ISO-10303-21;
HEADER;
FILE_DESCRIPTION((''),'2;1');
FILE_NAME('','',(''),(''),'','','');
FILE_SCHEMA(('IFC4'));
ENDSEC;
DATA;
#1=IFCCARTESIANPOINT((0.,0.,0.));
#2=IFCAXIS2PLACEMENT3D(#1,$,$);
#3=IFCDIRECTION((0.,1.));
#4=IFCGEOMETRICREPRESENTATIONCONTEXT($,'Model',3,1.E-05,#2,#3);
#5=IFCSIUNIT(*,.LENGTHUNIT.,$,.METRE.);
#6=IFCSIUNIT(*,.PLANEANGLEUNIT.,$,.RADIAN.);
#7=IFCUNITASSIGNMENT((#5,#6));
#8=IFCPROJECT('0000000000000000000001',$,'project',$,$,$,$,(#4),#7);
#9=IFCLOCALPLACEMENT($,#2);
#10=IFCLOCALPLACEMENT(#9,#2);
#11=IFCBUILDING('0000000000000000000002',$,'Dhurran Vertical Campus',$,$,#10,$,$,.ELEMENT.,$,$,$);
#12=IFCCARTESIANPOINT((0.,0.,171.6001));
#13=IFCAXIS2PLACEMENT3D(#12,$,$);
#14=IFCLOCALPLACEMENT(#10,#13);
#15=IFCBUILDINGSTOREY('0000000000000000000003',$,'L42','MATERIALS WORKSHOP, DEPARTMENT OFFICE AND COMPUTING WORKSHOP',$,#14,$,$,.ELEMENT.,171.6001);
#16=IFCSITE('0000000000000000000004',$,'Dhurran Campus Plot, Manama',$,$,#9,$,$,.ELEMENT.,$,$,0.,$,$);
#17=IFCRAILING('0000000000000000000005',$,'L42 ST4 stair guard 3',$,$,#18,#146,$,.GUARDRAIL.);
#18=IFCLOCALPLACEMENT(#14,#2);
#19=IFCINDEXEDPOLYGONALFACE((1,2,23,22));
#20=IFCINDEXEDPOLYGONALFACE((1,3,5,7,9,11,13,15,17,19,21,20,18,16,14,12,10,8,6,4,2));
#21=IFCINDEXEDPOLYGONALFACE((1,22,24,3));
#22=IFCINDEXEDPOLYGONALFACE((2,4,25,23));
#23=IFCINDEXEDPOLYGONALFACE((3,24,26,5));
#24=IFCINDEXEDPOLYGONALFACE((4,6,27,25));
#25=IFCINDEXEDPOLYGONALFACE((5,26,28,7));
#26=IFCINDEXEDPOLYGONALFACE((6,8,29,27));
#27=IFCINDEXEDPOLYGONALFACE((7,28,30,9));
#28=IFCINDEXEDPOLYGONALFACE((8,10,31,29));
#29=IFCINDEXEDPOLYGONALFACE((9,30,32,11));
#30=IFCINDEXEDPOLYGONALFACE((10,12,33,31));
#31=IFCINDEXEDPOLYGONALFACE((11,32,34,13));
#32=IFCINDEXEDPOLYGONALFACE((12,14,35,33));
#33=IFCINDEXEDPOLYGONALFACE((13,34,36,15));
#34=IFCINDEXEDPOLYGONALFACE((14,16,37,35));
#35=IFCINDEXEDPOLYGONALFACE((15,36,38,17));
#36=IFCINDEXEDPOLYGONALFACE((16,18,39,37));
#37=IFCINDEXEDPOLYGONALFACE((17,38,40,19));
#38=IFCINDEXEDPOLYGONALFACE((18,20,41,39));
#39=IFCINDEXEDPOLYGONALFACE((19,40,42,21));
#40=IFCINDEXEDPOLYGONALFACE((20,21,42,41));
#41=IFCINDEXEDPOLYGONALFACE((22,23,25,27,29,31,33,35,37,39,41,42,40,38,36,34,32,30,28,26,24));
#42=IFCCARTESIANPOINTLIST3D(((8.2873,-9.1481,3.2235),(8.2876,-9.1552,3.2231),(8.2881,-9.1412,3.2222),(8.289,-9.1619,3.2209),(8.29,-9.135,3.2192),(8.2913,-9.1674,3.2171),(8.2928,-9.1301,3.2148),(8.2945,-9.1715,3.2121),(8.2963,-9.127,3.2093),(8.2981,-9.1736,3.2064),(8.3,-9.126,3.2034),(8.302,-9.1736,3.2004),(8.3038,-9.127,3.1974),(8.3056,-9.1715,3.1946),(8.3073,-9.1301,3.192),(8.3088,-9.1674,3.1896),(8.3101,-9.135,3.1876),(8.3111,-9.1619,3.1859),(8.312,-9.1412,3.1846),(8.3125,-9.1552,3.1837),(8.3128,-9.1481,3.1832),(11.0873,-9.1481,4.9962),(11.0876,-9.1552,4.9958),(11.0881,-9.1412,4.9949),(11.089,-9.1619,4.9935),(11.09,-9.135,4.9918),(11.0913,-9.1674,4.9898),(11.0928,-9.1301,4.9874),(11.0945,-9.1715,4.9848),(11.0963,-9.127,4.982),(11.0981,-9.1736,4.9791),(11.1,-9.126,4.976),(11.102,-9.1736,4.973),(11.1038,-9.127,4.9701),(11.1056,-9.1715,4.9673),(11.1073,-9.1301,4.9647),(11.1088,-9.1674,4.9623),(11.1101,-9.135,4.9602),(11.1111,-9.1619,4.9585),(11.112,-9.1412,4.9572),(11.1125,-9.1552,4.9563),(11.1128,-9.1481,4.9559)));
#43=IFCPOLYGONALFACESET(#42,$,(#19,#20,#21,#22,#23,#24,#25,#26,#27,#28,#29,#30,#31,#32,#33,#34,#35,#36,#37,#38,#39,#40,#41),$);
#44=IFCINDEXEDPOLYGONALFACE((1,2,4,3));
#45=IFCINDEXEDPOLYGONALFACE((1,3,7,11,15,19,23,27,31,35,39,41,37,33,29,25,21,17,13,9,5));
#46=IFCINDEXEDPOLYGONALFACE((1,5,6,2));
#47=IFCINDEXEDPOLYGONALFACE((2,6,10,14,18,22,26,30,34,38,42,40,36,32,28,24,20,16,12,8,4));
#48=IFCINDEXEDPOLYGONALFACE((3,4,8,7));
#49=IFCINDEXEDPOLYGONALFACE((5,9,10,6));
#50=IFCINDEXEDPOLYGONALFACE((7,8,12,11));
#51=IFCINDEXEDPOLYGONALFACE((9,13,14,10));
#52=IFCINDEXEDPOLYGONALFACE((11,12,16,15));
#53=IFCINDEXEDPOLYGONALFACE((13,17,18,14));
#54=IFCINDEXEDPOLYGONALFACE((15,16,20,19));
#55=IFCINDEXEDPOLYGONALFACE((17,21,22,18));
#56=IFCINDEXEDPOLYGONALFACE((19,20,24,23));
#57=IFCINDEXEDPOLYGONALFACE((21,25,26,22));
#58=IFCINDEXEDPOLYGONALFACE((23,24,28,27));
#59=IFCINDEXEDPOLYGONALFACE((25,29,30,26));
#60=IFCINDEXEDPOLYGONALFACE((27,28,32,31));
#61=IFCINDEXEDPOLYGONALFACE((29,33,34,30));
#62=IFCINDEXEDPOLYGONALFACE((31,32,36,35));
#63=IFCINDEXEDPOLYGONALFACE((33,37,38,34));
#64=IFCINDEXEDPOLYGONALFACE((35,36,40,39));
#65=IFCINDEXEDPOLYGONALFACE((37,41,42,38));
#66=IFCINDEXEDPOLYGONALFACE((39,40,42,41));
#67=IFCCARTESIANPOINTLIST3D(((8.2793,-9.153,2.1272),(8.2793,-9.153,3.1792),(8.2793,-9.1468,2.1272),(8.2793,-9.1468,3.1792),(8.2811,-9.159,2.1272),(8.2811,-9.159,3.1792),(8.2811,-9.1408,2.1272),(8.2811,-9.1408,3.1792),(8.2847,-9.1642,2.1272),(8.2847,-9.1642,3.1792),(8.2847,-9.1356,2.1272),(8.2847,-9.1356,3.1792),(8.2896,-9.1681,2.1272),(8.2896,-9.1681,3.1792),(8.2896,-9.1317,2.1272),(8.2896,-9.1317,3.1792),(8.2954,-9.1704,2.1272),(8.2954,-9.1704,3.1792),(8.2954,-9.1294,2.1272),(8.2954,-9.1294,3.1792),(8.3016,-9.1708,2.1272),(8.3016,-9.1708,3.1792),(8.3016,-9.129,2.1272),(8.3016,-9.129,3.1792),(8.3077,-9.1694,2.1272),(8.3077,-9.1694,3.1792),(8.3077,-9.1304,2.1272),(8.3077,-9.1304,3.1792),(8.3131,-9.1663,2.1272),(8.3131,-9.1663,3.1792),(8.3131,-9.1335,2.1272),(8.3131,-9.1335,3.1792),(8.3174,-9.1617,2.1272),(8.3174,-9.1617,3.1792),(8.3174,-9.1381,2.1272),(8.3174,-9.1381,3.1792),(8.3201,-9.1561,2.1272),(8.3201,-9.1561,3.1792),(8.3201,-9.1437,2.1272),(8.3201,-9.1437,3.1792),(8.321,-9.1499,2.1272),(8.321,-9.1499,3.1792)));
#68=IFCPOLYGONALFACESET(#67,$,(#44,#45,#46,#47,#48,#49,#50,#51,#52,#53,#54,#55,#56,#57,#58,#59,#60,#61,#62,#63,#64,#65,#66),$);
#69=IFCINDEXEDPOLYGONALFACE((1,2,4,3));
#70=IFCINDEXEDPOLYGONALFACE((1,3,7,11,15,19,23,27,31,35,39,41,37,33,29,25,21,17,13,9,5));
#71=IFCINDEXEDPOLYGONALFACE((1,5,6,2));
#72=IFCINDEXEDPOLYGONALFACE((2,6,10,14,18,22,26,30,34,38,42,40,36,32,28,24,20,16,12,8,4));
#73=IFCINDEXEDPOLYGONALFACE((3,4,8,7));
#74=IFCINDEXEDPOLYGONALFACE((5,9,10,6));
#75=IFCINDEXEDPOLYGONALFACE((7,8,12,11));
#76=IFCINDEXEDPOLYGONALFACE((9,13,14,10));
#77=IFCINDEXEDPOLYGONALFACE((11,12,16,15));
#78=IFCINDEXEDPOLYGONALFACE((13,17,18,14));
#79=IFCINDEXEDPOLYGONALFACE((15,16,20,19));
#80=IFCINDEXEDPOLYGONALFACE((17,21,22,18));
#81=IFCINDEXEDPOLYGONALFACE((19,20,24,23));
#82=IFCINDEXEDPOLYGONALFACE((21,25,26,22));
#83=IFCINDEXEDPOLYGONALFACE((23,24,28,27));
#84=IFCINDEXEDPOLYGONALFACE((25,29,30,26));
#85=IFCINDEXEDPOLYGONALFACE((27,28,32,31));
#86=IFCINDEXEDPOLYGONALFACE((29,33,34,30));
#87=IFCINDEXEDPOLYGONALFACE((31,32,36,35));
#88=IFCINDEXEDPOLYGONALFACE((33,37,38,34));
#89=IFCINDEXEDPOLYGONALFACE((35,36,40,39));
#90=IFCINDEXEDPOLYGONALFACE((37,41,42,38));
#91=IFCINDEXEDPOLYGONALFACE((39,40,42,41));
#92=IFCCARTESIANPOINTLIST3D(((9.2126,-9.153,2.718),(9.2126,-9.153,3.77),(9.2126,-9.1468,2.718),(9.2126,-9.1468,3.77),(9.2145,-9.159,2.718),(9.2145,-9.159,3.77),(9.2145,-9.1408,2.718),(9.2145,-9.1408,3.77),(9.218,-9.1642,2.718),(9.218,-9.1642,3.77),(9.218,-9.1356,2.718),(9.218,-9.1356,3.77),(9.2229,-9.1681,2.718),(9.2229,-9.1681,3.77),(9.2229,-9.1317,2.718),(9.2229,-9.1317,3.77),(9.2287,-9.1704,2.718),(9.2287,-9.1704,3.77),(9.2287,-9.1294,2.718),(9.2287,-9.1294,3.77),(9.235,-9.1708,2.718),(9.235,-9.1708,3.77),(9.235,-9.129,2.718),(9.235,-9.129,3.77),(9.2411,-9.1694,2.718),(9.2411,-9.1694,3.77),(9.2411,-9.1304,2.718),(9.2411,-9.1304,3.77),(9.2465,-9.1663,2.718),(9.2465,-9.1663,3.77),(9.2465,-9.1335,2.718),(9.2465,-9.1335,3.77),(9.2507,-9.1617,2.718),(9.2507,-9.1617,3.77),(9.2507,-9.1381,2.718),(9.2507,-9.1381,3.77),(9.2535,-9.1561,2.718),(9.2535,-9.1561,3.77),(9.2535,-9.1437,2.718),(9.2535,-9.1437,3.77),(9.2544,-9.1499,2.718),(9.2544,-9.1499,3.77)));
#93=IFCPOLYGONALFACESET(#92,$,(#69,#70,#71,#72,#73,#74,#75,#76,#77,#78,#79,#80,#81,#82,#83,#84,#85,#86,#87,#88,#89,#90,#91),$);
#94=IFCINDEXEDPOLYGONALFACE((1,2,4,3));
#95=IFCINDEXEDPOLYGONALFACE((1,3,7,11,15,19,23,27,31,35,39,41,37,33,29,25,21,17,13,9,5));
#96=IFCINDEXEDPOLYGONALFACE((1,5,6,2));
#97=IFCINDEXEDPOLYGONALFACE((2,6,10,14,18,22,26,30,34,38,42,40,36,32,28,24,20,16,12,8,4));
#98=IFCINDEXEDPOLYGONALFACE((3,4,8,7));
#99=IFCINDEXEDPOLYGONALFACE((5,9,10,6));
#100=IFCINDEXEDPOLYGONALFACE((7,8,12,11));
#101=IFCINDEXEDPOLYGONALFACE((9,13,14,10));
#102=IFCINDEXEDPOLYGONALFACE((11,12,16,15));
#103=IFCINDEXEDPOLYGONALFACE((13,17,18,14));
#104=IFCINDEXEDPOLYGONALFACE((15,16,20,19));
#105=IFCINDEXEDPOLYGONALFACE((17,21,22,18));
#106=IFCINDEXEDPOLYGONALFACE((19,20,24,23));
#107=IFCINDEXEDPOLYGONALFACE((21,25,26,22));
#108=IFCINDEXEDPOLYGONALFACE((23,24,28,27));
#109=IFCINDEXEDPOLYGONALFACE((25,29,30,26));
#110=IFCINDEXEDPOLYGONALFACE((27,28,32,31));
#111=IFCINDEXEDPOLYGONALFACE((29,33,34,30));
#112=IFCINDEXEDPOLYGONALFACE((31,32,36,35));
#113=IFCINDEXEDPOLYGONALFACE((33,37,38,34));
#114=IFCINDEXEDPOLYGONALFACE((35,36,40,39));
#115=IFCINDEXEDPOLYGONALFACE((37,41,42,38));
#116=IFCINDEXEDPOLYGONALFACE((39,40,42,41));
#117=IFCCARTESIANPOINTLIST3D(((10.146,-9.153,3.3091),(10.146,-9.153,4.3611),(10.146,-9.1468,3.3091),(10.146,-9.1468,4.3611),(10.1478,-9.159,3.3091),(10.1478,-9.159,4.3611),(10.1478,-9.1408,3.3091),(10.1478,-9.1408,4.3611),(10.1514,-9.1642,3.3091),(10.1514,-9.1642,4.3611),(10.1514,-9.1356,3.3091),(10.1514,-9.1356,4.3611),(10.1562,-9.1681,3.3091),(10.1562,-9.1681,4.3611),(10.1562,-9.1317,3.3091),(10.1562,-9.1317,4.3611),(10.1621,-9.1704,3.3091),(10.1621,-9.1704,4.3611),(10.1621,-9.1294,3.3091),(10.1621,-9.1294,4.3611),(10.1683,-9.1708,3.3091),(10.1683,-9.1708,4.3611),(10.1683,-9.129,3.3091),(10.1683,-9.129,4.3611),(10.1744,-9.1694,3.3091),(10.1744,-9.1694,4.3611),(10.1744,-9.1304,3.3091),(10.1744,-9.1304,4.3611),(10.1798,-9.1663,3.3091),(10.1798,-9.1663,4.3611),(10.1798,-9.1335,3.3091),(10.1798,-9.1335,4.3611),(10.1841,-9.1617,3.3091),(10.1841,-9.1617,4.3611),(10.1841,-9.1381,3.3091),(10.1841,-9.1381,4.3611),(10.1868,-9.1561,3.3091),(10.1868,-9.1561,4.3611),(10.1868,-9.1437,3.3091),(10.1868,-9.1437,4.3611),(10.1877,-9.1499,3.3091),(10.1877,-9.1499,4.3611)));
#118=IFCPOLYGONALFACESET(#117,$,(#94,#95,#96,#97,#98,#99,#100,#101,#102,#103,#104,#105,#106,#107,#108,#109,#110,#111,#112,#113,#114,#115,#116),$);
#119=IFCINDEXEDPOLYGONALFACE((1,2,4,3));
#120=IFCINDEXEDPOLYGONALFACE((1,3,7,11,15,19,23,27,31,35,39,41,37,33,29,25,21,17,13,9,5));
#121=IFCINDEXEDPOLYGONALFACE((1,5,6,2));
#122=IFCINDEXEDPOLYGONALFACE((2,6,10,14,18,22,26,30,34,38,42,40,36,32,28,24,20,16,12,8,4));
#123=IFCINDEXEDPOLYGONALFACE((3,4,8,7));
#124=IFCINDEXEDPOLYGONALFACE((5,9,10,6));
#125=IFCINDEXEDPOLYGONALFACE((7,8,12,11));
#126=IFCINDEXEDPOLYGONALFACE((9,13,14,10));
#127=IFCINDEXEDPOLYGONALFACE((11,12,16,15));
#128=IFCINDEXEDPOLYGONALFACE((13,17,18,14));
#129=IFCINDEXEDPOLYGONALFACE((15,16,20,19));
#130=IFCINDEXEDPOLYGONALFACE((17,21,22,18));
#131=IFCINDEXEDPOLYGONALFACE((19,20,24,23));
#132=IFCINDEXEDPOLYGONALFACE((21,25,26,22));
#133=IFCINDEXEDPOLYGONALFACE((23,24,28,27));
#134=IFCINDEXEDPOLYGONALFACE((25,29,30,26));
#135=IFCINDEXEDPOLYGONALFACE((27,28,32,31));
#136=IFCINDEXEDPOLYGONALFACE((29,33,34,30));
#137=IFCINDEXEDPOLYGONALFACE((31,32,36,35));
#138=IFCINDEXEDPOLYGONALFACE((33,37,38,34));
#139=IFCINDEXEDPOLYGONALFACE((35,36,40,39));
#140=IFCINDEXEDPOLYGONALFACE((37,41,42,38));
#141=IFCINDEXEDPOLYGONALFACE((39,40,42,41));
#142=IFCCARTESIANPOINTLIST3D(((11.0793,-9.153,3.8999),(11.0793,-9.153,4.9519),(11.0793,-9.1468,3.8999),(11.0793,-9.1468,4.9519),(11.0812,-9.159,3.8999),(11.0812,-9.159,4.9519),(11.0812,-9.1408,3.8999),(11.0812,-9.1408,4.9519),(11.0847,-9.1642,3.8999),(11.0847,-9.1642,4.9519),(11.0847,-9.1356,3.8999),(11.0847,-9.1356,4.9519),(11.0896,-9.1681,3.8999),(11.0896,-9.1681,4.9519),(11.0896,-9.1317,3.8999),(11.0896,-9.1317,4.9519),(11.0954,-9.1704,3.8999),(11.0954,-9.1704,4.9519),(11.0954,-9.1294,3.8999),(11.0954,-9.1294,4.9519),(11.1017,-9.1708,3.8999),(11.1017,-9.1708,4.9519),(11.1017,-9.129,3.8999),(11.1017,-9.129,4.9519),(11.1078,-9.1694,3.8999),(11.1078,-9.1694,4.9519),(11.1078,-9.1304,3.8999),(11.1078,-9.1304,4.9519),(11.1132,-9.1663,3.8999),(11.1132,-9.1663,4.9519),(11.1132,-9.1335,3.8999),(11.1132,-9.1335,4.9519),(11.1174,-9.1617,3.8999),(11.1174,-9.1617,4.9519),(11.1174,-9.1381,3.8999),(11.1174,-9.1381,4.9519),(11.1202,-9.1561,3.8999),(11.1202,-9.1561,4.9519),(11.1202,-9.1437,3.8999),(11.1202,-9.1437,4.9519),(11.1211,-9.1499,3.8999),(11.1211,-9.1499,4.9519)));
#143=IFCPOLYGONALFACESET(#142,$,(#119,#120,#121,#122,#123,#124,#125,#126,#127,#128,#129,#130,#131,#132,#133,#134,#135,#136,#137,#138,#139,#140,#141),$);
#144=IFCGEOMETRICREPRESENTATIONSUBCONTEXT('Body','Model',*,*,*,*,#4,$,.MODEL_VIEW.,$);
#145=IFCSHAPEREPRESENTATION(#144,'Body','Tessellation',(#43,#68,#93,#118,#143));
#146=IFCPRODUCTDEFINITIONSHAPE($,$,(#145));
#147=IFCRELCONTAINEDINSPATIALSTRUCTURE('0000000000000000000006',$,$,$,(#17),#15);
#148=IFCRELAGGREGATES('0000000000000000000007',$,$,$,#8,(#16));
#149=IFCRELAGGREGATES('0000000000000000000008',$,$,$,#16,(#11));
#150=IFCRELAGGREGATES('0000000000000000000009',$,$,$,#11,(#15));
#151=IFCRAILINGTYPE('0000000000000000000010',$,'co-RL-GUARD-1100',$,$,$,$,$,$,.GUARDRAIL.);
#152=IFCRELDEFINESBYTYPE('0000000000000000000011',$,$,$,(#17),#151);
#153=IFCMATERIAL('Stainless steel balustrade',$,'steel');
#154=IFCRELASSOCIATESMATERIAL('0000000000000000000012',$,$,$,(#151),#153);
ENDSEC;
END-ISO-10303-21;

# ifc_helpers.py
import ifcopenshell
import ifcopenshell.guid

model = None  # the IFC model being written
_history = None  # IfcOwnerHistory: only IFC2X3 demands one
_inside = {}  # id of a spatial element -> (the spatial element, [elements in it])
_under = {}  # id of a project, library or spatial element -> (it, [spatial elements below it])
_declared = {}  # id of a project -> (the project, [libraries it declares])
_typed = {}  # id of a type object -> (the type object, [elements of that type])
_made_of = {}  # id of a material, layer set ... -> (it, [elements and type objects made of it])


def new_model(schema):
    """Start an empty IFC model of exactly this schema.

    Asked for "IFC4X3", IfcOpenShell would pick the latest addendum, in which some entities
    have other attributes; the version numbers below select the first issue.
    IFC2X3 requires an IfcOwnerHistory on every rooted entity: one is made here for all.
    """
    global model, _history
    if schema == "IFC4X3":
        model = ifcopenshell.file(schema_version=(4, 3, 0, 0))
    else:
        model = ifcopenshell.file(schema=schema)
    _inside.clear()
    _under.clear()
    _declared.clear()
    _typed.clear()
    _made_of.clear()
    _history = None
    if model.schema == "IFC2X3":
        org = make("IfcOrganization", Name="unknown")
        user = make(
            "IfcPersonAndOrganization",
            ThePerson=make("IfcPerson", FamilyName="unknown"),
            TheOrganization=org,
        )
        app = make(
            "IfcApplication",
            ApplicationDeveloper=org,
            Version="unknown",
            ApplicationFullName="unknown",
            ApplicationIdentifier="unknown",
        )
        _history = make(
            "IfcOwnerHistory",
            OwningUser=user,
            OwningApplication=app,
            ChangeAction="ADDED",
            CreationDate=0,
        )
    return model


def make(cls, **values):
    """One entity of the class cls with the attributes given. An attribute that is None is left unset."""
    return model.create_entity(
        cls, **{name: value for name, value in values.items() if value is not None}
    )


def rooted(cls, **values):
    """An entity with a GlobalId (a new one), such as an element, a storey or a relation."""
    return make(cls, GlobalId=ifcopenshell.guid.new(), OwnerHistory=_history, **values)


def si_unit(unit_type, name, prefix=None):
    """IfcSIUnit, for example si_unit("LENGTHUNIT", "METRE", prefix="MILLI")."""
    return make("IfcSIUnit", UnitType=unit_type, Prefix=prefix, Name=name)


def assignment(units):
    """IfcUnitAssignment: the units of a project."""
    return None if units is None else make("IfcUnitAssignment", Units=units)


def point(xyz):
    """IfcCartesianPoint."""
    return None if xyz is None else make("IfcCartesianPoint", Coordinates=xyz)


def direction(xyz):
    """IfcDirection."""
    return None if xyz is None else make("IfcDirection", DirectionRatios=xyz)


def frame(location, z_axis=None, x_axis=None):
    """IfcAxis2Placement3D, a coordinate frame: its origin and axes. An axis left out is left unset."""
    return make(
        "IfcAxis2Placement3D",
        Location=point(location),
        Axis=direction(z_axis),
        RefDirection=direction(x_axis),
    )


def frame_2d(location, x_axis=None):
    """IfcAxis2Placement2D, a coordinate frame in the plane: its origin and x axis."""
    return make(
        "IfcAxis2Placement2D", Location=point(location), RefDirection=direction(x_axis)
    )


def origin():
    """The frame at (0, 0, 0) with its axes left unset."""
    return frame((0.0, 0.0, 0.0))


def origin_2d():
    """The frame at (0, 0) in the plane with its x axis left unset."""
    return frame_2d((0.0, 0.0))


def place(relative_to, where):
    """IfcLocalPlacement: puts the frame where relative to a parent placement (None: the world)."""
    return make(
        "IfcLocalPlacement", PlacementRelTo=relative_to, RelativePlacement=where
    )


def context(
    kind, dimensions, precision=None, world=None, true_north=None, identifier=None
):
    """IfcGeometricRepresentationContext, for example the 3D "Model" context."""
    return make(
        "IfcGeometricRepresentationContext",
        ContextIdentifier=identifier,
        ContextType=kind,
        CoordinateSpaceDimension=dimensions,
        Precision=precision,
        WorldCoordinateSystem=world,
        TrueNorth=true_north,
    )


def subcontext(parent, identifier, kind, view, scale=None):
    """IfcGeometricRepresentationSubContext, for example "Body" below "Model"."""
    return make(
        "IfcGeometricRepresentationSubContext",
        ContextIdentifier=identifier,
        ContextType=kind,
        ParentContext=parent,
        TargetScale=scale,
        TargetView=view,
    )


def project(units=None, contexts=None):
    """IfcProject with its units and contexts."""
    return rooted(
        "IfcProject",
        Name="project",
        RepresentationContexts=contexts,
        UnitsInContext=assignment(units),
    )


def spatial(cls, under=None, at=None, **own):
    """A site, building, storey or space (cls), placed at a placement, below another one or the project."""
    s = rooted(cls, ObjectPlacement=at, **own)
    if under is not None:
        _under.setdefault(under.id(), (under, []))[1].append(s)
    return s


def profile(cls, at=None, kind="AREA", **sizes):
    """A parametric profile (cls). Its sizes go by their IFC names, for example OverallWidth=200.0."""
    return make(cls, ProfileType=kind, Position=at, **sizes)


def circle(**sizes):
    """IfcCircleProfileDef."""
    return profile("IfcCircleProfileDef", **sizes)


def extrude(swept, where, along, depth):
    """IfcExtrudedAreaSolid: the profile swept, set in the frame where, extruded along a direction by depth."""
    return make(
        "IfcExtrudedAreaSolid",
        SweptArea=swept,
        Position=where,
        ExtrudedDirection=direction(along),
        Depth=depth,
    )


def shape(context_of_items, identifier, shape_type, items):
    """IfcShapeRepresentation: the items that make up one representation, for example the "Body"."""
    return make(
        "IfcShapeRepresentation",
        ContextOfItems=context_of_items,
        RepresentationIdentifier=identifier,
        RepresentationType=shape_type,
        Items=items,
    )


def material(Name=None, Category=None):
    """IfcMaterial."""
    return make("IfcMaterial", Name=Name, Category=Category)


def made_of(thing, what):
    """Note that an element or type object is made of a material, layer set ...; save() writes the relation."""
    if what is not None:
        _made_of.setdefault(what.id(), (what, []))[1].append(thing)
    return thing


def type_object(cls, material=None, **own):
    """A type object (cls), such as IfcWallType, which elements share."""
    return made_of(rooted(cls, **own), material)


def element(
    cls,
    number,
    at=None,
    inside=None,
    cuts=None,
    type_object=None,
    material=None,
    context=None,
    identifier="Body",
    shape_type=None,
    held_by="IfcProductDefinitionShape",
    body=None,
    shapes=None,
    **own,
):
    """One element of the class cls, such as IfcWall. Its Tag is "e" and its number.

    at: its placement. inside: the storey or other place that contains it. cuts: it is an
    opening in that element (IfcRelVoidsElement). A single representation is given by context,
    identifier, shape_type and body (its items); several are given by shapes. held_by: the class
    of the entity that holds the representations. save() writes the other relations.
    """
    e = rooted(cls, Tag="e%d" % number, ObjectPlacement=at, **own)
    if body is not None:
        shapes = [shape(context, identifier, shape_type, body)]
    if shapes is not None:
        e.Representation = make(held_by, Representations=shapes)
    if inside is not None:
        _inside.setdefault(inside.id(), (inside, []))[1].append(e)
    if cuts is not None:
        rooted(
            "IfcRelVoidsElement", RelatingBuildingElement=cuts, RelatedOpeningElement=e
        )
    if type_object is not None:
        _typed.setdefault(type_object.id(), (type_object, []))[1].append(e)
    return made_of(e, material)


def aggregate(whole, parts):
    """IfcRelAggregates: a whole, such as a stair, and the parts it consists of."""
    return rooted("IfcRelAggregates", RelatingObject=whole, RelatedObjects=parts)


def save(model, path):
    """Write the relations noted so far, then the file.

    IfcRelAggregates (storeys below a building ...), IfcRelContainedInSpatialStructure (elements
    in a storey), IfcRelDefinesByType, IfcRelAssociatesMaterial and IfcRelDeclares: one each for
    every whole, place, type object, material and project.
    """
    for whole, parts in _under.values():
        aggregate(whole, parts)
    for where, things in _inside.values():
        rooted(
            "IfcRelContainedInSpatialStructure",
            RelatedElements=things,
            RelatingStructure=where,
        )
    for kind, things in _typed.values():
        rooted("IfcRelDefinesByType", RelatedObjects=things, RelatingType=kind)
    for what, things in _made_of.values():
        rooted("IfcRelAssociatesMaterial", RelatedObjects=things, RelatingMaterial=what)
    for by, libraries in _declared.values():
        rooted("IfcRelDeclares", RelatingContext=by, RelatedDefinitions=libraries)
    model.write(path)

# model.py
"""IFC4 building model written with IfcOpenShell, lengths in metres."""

from ifc_helpers import new_model, si_unit, direction, frame, origin, origin_2d, place, context, subcontext, project, spatial, circle, extrude, material, type_object, element, save


model = new_model("IFC4")

# Units and contexts
model_context = context("Model", 3, precision=1e-05, world=origin(), true_north=direction((0.0, 1.0)))
body_context = subcontext(model_context, "Body", "Model", "MODEL_VIEW")
ifc_project = project(units=[si_unit("LENGTHUNIT", "METRE"), si_unit("PLANEANGLEUNIT", "RADIAN")], contexts=[model_context])

# Site, building, storey
site_placement = place(None, origin())
site = spatial("IfcSite", under=ifc_project, at=site_placement, Name="Dhurran Campus Plot, Manama", CompositionType="ELEMENT", RefElevation=0.0)
building_placement = place(site_placement, origin())
building = spatial("IfcBuilding", under=site, at=building_placement, Name="Dhurran Vertical Campus", CompositionType="ELEMENT")
storey_placement = place(building_placement, frame((0.0, 0.0, 171.6001)))
storey = spatial("IfcBuildingStorey", under=building, at=storey_placement, Name="L42", Description="MATERIALS WORKSHOP, DEPARTMENT OFFICE AND COMPUTING WORKSHOP", CompositionType="ELEMENT", Elevation=171.6001)

# Railing
ifc_material_1 = material(Name="Stainless steel balustrade", Category="steel")
railing_type_1 = type_object("IfcRailingType", Name="co-RL-GUARD-1100", PredefinedType="GUARDRAIL", material=ifc_material_1)
railing_1_placement = place(storey_placement, frame((8.3, -9.1499, 2.1272)))
element("IfcRailing", 1, at=railing_1_placement, inside=storey, type_object=railing_type_1, Name="L42 ST4 stair guard 3", PredefinedType="GUARDRAIL", context=body_context, shape_type="SweptSolid", body=[
    extrude(circle(Radius=0.0239, at=origin_2d()), frame((0.0, 0.0, 1.0762), z_axis=(0.844909, 0.0, 0.53491), x_axis=(0.0, 1.0, 0.0)), (0.0, 0.0, 1.0), 3.314),
    extrude(circle(Radius=0.021, at=origin_2d()), origin(), (0.0, 0.0, 1.0), 1.052),
    extrude(circle(Radius=0.021, at=origin_2d()), frame((0.9333, 0.0, 0.5908)), (0.0, 0.0, 1.0), 1.052),
    extrude(circle(Radius=0.021, at=origin_2d()), frame((1.8667, 0.0, 1.1819)), (0.0, 0.0, 1.0), 1.052),
    extrude(circle(Radius=0.021, at=origin_2d()), frame((2.8, 0.0, 1.7727)), (0.0, 0.0, 1.0), 1.052),
])

save(model, "model.ifc")
